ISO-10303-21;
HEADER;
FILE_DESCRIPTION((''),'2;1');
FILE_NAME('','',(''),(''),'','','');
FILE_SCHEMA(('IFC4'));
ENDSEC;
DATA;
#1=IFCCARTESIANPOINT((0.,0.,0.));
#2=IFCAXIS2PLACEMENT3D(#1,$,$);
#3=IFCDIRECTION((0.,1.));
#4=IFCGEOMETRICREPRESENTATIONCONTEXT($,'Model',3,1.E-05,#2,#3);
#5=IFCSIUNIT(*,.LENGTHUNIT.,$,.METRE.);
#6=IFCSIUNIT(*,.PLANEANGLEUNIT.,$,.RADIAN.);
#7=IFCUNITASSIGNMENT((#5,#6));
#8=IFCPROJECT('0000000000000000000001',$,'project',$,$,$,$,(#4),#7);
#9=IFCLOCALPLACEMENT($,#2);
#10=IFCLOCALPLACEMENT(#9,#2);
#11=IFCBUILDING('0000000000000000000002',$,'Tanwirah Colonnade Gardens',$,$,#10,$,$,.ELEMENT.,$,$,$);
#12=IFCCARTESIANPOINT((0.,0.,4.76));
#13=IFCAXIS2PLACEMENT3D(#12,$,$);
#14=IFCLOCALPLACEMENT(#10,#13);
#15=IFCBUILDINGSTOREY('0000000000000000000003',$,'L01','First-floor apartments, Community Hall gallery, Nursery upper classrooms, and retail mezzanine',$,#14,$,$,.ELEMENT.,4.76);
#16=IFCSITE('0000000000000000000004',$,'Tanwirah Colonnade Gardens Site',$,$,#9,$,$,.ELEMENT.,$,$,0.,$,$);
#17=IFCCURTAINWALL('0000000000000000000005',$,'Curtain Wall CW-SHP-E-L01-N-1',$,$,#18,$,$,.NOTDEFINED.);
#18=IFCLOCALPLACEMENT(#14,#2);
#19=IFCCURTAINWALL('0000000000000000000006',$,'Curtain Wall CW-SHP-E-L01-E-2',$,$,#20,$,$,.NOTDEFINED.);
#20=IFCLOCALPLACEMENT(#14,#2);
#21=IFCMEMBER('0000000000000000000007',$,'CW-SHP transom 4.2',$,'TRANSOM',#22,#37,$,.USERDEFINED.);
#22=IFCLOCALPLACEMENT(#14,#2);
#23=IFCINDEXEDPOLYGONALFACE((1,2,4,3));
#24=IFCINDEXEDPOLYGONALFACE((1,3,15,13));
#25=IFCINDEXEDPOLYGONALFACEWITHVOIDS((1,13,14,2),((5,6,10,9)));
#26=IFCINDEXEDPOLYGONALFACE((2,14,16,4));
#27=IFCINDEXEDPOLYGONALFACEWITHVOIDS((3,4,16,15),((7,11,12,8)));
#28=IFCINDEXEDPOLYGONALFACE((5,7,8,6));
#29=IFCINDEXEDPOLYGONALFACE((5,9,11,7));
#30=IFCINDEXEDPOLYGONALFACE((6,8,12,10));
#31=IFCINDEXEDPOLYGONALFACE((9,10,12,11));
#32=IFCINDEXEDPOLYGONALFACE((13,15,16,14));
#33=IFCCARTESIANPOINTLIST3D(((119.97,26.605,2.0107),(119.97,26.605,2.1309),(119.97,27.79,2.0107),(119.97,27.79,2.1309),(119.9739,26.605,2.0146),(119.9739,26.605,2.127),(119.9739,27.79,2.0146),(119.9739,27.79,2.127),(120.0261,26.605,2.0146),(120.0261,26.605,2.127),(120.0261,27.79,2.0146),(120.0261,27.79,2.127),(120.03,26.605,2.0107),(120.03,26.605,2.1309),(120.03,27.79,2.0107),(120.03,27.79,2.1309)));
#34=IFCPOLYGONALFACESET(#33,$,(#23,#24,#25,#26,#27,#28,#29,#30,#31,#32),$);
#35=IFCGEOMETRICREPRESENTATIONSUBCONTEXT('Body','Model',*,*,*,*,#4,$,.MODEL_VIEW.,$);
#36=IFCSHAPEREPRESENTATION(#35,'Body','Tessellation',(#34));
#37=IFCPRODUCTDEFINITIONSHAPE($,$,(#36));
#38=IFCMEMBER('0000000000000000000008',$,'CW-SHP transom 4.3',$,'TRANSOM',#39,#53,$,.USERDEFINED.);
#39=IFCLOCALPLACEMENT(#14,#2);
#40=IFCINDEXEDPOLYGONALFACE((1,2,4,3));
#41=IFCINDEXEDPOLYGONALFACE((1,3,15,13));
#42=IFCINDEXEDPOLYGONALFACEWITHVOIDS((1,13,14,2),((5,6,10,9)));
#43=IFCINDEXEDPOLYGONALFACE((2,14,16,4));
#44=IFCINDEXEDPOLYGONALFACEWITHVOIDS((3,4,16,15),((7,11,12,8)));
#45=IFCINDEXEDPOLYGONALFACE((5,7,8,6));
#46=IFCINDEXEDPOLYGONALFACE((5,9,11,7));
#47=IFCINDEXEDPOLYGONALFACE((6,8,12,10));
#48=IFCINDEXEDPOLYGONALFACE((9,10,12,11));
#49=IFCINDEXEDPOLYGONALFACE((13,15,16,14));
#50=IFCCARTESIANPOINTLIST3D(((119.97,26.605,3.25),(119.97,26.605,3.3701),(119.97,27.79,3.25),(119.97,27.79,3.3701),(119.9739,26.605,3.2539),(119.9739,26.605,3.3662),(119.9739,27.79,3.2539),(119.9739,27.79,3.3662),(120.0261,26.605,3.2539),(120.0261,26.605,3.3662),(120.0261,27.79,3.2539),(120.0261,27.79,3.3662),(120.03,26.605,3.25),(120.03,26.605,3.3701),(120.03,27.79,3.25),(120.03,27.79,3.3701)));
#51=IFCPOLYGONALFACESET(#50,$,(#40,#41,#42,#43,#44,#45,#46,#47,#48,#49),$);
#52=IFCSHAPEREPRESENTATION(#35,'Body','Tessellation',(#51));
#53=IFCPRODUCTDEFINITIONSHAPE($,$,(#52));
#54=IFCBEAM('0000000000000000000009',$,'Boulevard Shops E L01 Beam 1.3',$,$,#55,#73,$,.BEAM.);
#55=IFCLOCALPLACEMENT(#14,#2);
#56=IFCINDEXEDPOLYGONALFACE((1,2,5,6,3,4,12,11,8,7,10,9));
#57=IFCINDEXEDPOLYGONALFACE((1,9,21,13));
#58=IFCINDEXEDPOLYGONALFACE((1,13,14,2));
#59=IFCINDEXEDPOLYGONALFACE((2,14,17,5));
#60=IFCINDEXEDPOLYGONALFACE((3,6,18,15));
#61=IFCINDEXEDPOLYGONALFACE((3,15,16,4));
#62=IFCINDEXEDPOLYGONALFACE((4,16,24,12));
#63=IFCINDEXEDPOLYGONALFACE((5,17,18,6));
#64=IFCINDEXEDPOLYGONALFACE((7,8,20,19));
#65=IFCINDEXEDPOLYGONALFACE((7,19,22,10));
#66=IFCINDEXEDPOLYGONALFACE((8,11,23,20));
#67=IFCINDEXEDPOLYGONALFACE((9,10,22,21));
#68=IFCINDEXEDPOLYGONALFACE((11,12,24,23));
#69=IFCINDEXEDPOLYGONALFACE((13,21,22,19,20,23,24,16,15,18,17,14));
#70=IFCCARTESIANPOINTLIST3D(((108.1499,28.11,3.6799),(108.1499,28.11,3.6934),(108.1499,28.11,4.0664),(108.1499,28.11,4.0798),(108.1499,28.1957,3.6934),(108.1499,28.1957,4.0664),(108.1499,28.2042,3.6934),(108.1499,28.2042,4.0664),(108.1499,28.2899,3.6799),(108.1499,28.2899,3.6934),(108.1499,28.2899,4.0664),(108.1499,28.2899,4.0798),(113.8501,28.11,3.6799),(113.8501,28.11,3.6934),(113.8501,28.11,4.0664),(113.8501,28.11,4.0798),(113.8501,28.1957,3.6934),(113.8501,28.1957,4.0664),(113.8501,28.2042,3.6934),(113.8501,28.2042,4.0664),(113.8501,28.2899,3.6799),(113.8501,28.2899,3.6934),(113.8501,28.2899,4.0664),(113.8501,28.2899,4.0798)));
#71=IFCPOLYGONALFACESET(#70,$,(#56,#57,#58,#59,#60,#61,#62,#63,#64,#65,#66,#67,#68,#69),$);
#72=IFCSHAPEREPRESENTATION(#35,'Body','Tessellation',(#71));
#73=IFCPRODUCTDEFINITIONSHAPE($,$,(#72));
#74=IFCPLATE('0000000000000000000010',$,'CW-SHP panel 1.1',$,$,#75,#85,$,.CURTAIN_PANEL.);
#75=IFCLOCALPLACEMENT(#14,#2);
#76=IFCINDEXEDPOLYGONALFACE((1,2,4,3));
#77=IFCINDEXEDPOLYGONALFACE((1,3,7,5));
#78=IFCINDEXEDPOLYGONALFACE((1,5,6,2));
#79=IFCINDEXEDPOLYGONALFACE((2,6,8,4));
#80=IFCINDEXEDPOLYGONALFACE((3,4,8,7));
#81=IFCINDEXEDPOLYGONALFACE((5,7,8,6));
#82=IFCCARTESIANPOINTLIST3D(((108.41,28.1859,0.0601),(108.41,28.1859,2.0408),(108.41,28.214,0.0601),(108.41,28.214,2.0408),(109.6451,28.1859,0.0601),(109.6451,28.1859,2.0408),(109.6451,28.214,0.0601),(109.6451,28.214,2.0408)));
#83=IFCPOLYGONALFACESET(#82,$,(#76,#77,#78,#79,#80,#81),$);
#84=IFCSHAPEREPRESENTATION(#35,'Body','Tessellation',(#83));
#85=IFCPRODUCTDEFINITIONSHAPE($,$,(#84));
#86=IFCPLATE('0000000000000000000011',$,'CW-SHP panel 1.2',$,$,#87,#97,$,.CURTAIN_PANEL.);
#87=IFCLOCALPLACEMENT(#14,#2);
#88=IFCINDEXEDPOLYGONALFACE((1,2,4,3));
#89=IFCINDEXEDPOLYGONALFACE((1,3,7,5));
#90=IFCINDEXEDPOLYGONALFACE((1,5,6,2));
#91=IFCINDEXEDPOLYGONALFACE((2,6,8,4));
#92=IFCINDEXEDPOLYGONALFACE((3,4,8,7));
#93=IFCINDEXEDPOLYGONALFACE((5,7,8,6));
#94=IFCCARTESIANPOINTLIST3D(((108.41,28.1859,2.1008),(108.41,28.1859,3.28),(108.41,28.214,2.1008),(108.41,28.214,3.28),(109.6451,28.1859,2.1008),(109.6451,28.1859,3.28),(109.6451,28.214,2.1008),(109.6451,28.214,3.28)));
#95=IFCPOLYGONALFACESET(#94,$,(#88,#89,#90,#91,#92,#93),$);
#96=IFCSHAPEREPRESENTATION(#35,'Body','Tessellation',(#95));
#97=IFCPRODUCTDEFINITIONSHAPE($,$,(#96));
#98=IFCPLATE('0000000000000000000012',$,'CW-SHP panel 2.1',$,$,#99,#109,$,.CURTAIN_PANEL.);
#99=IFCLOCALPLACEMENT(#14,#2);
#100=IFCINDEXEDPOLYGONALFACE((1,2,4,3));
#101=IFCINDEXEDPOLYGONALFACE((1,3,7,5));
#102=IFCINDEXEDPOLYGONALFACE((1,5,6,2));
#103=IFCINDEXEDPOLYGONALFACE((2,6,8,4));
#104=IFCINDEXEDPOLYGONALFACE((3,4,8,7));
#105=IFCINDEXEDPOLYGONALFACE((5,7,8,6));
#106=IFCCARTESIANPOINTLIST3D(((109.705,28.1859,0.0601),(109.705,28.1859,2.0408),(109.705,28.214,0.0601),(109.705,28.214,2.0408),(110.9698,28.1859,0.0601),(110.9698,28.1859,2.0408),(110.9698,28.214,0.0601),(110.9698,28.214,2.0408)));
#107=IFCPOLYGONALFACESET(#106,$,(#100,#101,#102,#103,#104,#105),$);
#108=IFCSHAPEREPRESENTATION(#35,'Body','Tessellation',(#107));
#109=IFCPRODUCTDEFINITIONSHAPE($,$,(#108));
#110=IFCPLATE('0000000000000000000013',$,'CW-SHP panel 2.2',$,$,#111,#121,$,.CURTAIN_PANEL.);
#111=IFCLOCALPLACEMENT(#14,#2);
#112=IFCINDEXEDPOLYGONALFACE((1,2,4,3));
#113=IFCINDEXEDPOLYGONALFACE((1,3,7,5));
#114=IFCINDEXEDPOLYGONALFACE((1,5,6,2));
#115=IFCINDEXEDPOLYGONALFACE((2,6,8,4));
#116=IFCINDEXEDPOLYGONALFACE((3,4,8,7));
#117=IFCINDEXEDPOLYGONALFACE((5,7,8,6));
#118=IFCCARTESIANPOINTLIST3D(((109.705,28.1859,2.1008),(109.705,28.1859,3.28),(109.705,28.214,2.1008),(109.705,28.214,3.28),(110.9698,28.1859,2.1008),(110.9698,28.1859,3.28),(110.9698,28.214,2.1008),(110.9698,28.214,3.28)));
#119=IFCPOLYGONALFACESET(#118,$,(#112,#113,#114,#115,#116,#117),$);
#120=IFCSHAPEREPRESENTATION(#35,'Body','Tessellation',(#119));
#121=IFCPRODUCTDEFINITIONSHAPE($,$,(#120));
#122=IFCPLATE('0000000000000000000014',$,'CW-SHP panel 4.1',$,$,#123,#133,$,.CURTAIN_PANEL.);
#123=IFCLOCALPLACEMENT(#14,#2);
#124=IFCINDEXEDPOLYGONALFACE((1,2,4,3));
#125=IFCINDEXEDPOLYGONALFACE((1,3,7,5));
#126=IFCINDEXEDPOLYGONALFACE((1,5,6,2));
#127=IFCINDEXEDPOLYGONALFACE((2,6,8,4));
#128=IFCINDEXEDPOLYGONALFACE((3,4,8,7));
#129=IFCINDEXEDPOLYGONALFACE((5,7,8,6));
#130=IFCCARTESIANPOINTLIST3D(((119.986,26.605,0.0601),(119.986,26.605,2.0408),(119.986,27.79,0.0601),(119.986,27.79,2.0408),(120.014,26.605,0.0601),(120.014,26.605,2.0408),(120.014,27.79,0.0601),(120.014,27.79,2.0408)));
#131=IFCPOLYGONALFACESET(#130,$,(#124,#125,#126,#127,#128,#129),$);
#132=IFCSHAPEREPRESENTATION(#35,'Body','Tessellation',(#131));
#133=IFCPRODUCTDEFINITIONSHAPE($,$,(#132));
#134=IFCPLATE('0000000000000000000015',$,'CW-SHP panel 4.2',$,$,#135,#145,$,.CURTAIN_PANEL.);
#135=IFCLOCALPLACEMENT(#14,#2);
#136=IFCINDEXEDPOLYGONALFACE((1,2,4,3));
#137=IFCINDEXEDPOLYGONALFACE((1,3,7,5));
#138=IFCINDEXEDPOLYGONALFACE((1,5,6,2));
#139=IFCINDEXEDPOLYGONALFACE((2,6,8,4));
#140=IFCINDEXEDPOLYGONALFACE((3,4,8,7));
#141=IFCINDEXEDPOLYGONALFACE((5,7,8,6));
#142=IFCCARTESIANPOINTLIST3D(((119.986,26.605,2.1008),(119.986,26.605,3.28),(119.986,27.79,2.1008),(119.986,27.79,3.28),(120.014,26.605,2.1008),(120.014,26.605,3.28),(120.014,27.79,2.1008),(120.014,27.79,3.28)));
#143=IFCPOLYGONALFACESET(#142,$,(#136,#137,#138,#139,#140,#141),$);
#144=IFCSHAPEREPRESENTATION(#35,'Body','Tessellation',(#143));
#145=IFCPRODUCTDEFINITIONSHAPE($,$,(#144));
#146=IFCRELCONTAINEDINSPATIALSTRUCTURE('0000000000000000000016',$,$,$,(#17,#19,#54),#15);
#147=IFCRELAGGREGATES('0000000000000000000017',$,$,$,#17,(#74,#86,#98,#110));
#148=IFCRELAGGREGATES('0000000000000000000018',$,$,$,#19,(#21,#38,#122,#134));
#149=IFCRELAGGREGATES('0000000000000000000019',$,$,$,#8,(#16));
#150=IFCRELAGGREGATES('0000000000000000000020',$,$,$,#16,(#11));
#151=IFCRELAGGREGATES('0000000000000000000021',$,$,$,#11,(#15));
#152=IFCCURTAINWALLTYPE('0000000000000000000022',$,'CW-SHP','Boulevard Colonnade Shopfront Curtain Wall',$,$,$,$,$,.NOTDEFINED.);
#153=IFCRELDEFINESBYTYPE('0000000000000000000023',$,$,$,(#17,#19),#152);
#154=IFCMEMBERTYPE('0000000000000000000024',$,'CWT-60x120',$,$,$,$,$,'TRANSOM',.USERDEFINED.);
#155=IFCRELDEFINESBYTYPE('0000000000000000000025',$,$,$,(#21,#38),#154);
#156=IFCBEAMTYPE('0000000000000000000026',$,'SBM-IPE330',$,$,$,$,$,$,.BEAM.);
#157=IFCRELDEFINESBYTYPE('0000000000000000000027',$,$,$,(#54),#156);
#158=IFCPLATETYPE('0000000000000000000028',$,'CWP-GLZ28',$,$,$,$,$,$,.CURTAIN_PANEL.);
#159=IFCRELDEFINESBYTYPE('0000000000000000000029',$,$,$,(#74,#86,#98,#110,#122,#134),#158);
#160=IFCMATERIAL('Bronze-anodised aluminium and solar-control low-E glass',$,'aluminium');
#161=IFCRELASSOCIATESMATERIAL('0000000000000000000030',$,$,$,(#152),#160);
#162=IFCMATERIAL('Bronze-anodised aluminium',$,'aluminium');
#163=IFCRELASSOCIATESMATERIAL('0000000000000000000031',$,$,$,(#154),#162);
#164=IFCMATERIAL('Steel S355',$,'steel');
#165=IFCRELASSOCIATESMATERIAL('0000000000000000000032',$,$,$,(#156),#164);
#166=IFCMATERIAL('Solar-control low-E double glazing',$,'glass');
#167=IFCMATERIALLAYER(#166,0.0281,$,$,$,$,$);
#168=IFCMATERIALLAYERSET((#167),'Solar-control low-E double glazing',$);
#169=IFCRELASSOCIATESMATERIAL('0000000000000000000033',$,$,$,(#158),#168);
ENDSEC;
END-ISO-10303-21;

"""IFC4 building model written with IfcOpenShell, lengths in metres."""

from ifc_helpers import new_model, si_unit, direction, frame, origin, origin_2d, place, context, subcontext, project, spatial, rectangle, hollow_rectangle, i_section, extrude, material, layer, layer_set, material_profile, profile_set, type_object, element, aggregate, save


model = new_model("IFC4")

# Units and contexts
model_context = context("Model", 3, precision=1e-05, world=origin(), true_north=direction((0.0, 1.0)))
body_context = subcontext(model_context, "Body", "Model", "MODEL_VIEW")
ifc_project = project(units=[si_unit("LENGTHUNIT", "METRE"), si_unit("PLANEANGLEUNIT", "RADIAN")], contexts=[model_context])

# Site, building, storey
site_placement = place(None, origin())
site = spatial("IfcSite", under=ifc_project, at=site_placement, Name="Tanwirah Colonnade Gardens Site", CompositionType="ELEMENT", RefElevation=0.0)
building_placement = place(site_placement, origin())
building = spatial("IfcBuilding", under=site, at=building_placement, Name="Tanwirah Colonnade Gardens", CompositionType="ELEMENT")
storey_placement = place(building_placement, frame((0.0, 0.0, 4.76)))
storey = spatial("IfcBuildingStorey", under=building, at=storey_placement, Name="L01", Description="First-floor apartments, Community Hall gallery, Nursery upper classrooms, and retail mezzanine", CompositionType="ELEMENT", Elevation=4.76)

# Curtain walls
ifc_material_1 = material(Name="Bronze-anodised aluminium and solar-control low-E glass", Category="aluminium")
curtain_wall_type = type_object("IfcCurtainWallType", Name="CW-SHP", Description="Boulevard Colonnade Shopfront Curtain Wall", PredefinedType="NOTDEFINED", material=ifc_material_1)
curtain_wall_1_placement = place(storey_placement, origin())
curtain_wall_1 = element("IfcCurtainWall", 1, at=curtain_wall_1_placement, inside=storey, type_object=curtain_wall_type, Name="Curtain Wall CW-SHP-E-L01-N-1", PredefinedType="NOTDEFINED")
ifc_material_2 = material(Name="Bronze-anodised aluminium", Category="aluminium")
curtain_wall_2_placement = place(storey_placement, origin())
curtain_wall_2 = element("IfcCurtainWall", 2, at=curtain_wall_2_placement, inside=storey, type_object=curtain_wall_type, Name="Curtain Wall CW-SHP-E-L01-E-2", PredefinedType="NOTDEFINED")

# Members
ifc_material_profile_1 = material_profile(ifc_material_2, hollow_rectangle(XDim=0.0601, YDim=0.1201, WallThickness=0.0039, at=origin_2d()), Name="CW-TRN 60x120x4")
ifc_profile_set_1 = profile_set([ifc_material_profile_1], Name="Bronze-anodised aluminium")
member_type_1 = type_object("IfcMemberType", Name="CWT-60x120", ElementType="TRANSOM", PredefinedType="USERDEFINED", material=ifc_profile_set_1)
member_1_placement = place(storey_placement, frame((120.0, 26.605, 2.0708), z_axis=(0.0, 1.0, 0.0), x_axis=(-1.0, 0.0, 0.0)))
member_1 = element("IfcMember", 3, at=member_1_placement, type_object=member_type_1, Name="CW-SHP transom 4.2", ObjectType="TRANSOM", PredefinedType="USERDEFINED", context=body_context, shape_type="SweptSolid", body=[
    extrude(hollow_rectangle(XDim=0.0601, YDim=0.1201, WallThickness=0.0039, at=origin_2d()), origin(), (0.0, 0.0, 1.0), 1.1851),
])
member_2_placement = place(storey_placement, frame((120.0, 26.605, 3.3101), z_axis=(0.0, 1.0, 0.0), x_axis=(-1.0, 0.0, 0.0)))
member_2 = element("IfcMember", 4, at=member_2_placement, type_object=member_type_1, Name="CW-SHP transom 4.3", ObjectType="TRANSOM", PredefinedType="USERDEFINED", context=body_context, shape_type="SweptSolid", body=[
    extrude(hollow_rectangle(XDim=0.0601, YDim=0.1201, WallThickness=0.0039, at=origin_2d()), origin(), (0.0, 0.0, 1.0), 1.1851),
])

# Beam
ifc_material_3 = material(Name="Steel S355", Category="steel")
ifc_material_profile_2 = material_profile(ifc_material_3, i_section(OverallWidth=0.1799, OverallDepth=0.3999, WebThickness=0.0085, FlangeThickness=0.0134, at=origin_2d()), Name="IPE 400")
ifc_profile_set_2 = profile_set([ifc_material_profile_2], Name="Steel S355")
beam_type = type_object("IfcBeamType", Name="SBM-IPE330", PredefinedType="BEAM", material=ifc_profile_set_2)
beam_placement = place(storey_placement, frame((108.1499, 28.2, 3.8799), z_axis=(1.0, 0.0, 0.0), x_axis=(0.0, 1.0, 0.0)))
element("IfcBeam", 5, at=beam_placement, inside=storey, type_object=beam_type, Name="Boulevard Shops E L01 Beam 1.3", PredefinedType="BEAM", context=body_context, shape_type="SweptSolid", body=[
    extrude(i_section(OverallWidth=0.1799, OverallDepth=0.3999, WebThickness=0.0085, FlangeThickness=0.0134, at=origin_2d()), origin(), (0.0, 0.0, 1.0), 5.7002),
])

# Plates
ifc_material_4 = material(Name="Solar-control low-E double glazing", Category="glass")
ifc_layer = layer(ifc_material_4, 0.0281)
ifc_layer_set = layer_set([ifc_layer], Name="Solar-control low-E double glazing")
plate_type = type_object("IfcPlateType", Name="CWP-GLZ28", PredefinedType="CURTAIN_PANEL", material=ifc_layer_set)
plate_1_placement = place(storey_placement, frame((109.0276, 28.2, 0.0601), z_axis=(0.0, 0.0, 1.0), x_axis=(1.0, 0.0, 0.0)))
plate_1 = element("IfcPlate", 6, at=plate_1_placement, type_object=plate_type, Name="CW-SHP panel 1.1", PredefinedType="CURTAIN_PANEL", context=body_context, shape_type="SweptSolid", body=[
    extrude(rectangle(XDim=1.2351, YDim=0.0281, at=origin_2d()), origin(), (0.0, 0.0, 1.0), 1.9807),
])
plate_2_placement = place(storey_placement, frame((109.0276, 28.2, 2.1008), z_axis=(0.0, 0.0, 1.0), x_axis=(1.0, 0.0, 0.0)))
plate_2 = element("IfcPlate", 7, at=plate_2_placement, type_object=plate_type, Name="CW-SHP panel 1.2", PredefinedType="CURTAIN_PANEL", context=body_context, shape_type="SweptSolid", body=[
    extrude(rectangle(XDim=1.2351, YDim=0.0281, at=origin_2d()), origin(), (0.0, 0.0, 1.0), 1.1792),
])
plate_3_placement = place(storey_placement, frame((110.3374, 28.2, 0.0601), z_axis=(0.0, 0.0, 1.0), x_axis=(1.0, 0.0, 0.0)))
plate_3 = element("IfcPlate", 8, at=plate_3_placement, type_object=plate_type, Name="CW-SHP panel 2.1", PredefinedType="CURTAIN_PANEL", context=body_context, shape_type="SweptSolid", body=[
    extrude(rectangle(XDim=1.2649, YDim=0.0281, at=origin_2d()), origin(), (0.0, 0.0, 1.0), 1.9807),
])
plate_4_placement = place(storey_placement, frame((110.3374, 28.2, 2.1008), z_axis=(0.0, 0.0, 1.0), x_axis=(1.0, 0.0, 0.0)))
plate_4 = element("IfcPlate", 9, at=plate_4_placement, type_object=plate_type, Name="CW-SHP panel 2.2", PredefinedType="CURTAIN_PANEL", context=body_context, shape_type="SweptSolid", body=[
    extrude(rectangle(XDim=1.2649, YDim=0.0281, at=origin_2d()), origin(), (0.0, 0.0, 1.0), 1.1792),
])
aggregate(curtain_wall_1, [plate_1, plate_2, plate_3, plate_4])
plate_5_placement = place(storey_placement, frame((120.0, 27.1975, 0.0601), z_axis=(0.0, 0.0, 1.0), x_axis=(0.0, 1.0, 0.0)))
plate_5 = element("IfcPlate", 10, at=plate_5_placement, type_object=plate_type, Name="CW-SHP panel 4.1", PredefinedType="CURTAIN_PANEL", context=body_context, shape_type="SweptSolid", body=[
    extrude(rectangle(XDim=1.1851, YDim=0.0281, at=origin_2d()), origin(), (0.0, 0.0, 1.0), 1.9807),
])
plate_6_placement = place(storey_placement, frame((120.0, 27.1975, 2.1008), z_axis=(0.0, 0.0, 1.0), x_axis=(0.0, 1.0, 0.0)))
plate_6 = element("IfcPlate", 11, at=plate_6_placement, type_object=plate_type, Name="CW-SHP panel 4.2", PredefinedType="CURTAIN_PANEL", context=body_context, shape_type="SweptSolid", body=[
    extrude(rectangle(XDim=1.1851, YDim=0.0281, at=origin_2d()), origin(), (0.0, 0.0, 1.0), 1.1792),
])
aggregate(curtain_wall_2, [member_1, member_2, plate_5, plate_6])

save(model, "model.ifc")
